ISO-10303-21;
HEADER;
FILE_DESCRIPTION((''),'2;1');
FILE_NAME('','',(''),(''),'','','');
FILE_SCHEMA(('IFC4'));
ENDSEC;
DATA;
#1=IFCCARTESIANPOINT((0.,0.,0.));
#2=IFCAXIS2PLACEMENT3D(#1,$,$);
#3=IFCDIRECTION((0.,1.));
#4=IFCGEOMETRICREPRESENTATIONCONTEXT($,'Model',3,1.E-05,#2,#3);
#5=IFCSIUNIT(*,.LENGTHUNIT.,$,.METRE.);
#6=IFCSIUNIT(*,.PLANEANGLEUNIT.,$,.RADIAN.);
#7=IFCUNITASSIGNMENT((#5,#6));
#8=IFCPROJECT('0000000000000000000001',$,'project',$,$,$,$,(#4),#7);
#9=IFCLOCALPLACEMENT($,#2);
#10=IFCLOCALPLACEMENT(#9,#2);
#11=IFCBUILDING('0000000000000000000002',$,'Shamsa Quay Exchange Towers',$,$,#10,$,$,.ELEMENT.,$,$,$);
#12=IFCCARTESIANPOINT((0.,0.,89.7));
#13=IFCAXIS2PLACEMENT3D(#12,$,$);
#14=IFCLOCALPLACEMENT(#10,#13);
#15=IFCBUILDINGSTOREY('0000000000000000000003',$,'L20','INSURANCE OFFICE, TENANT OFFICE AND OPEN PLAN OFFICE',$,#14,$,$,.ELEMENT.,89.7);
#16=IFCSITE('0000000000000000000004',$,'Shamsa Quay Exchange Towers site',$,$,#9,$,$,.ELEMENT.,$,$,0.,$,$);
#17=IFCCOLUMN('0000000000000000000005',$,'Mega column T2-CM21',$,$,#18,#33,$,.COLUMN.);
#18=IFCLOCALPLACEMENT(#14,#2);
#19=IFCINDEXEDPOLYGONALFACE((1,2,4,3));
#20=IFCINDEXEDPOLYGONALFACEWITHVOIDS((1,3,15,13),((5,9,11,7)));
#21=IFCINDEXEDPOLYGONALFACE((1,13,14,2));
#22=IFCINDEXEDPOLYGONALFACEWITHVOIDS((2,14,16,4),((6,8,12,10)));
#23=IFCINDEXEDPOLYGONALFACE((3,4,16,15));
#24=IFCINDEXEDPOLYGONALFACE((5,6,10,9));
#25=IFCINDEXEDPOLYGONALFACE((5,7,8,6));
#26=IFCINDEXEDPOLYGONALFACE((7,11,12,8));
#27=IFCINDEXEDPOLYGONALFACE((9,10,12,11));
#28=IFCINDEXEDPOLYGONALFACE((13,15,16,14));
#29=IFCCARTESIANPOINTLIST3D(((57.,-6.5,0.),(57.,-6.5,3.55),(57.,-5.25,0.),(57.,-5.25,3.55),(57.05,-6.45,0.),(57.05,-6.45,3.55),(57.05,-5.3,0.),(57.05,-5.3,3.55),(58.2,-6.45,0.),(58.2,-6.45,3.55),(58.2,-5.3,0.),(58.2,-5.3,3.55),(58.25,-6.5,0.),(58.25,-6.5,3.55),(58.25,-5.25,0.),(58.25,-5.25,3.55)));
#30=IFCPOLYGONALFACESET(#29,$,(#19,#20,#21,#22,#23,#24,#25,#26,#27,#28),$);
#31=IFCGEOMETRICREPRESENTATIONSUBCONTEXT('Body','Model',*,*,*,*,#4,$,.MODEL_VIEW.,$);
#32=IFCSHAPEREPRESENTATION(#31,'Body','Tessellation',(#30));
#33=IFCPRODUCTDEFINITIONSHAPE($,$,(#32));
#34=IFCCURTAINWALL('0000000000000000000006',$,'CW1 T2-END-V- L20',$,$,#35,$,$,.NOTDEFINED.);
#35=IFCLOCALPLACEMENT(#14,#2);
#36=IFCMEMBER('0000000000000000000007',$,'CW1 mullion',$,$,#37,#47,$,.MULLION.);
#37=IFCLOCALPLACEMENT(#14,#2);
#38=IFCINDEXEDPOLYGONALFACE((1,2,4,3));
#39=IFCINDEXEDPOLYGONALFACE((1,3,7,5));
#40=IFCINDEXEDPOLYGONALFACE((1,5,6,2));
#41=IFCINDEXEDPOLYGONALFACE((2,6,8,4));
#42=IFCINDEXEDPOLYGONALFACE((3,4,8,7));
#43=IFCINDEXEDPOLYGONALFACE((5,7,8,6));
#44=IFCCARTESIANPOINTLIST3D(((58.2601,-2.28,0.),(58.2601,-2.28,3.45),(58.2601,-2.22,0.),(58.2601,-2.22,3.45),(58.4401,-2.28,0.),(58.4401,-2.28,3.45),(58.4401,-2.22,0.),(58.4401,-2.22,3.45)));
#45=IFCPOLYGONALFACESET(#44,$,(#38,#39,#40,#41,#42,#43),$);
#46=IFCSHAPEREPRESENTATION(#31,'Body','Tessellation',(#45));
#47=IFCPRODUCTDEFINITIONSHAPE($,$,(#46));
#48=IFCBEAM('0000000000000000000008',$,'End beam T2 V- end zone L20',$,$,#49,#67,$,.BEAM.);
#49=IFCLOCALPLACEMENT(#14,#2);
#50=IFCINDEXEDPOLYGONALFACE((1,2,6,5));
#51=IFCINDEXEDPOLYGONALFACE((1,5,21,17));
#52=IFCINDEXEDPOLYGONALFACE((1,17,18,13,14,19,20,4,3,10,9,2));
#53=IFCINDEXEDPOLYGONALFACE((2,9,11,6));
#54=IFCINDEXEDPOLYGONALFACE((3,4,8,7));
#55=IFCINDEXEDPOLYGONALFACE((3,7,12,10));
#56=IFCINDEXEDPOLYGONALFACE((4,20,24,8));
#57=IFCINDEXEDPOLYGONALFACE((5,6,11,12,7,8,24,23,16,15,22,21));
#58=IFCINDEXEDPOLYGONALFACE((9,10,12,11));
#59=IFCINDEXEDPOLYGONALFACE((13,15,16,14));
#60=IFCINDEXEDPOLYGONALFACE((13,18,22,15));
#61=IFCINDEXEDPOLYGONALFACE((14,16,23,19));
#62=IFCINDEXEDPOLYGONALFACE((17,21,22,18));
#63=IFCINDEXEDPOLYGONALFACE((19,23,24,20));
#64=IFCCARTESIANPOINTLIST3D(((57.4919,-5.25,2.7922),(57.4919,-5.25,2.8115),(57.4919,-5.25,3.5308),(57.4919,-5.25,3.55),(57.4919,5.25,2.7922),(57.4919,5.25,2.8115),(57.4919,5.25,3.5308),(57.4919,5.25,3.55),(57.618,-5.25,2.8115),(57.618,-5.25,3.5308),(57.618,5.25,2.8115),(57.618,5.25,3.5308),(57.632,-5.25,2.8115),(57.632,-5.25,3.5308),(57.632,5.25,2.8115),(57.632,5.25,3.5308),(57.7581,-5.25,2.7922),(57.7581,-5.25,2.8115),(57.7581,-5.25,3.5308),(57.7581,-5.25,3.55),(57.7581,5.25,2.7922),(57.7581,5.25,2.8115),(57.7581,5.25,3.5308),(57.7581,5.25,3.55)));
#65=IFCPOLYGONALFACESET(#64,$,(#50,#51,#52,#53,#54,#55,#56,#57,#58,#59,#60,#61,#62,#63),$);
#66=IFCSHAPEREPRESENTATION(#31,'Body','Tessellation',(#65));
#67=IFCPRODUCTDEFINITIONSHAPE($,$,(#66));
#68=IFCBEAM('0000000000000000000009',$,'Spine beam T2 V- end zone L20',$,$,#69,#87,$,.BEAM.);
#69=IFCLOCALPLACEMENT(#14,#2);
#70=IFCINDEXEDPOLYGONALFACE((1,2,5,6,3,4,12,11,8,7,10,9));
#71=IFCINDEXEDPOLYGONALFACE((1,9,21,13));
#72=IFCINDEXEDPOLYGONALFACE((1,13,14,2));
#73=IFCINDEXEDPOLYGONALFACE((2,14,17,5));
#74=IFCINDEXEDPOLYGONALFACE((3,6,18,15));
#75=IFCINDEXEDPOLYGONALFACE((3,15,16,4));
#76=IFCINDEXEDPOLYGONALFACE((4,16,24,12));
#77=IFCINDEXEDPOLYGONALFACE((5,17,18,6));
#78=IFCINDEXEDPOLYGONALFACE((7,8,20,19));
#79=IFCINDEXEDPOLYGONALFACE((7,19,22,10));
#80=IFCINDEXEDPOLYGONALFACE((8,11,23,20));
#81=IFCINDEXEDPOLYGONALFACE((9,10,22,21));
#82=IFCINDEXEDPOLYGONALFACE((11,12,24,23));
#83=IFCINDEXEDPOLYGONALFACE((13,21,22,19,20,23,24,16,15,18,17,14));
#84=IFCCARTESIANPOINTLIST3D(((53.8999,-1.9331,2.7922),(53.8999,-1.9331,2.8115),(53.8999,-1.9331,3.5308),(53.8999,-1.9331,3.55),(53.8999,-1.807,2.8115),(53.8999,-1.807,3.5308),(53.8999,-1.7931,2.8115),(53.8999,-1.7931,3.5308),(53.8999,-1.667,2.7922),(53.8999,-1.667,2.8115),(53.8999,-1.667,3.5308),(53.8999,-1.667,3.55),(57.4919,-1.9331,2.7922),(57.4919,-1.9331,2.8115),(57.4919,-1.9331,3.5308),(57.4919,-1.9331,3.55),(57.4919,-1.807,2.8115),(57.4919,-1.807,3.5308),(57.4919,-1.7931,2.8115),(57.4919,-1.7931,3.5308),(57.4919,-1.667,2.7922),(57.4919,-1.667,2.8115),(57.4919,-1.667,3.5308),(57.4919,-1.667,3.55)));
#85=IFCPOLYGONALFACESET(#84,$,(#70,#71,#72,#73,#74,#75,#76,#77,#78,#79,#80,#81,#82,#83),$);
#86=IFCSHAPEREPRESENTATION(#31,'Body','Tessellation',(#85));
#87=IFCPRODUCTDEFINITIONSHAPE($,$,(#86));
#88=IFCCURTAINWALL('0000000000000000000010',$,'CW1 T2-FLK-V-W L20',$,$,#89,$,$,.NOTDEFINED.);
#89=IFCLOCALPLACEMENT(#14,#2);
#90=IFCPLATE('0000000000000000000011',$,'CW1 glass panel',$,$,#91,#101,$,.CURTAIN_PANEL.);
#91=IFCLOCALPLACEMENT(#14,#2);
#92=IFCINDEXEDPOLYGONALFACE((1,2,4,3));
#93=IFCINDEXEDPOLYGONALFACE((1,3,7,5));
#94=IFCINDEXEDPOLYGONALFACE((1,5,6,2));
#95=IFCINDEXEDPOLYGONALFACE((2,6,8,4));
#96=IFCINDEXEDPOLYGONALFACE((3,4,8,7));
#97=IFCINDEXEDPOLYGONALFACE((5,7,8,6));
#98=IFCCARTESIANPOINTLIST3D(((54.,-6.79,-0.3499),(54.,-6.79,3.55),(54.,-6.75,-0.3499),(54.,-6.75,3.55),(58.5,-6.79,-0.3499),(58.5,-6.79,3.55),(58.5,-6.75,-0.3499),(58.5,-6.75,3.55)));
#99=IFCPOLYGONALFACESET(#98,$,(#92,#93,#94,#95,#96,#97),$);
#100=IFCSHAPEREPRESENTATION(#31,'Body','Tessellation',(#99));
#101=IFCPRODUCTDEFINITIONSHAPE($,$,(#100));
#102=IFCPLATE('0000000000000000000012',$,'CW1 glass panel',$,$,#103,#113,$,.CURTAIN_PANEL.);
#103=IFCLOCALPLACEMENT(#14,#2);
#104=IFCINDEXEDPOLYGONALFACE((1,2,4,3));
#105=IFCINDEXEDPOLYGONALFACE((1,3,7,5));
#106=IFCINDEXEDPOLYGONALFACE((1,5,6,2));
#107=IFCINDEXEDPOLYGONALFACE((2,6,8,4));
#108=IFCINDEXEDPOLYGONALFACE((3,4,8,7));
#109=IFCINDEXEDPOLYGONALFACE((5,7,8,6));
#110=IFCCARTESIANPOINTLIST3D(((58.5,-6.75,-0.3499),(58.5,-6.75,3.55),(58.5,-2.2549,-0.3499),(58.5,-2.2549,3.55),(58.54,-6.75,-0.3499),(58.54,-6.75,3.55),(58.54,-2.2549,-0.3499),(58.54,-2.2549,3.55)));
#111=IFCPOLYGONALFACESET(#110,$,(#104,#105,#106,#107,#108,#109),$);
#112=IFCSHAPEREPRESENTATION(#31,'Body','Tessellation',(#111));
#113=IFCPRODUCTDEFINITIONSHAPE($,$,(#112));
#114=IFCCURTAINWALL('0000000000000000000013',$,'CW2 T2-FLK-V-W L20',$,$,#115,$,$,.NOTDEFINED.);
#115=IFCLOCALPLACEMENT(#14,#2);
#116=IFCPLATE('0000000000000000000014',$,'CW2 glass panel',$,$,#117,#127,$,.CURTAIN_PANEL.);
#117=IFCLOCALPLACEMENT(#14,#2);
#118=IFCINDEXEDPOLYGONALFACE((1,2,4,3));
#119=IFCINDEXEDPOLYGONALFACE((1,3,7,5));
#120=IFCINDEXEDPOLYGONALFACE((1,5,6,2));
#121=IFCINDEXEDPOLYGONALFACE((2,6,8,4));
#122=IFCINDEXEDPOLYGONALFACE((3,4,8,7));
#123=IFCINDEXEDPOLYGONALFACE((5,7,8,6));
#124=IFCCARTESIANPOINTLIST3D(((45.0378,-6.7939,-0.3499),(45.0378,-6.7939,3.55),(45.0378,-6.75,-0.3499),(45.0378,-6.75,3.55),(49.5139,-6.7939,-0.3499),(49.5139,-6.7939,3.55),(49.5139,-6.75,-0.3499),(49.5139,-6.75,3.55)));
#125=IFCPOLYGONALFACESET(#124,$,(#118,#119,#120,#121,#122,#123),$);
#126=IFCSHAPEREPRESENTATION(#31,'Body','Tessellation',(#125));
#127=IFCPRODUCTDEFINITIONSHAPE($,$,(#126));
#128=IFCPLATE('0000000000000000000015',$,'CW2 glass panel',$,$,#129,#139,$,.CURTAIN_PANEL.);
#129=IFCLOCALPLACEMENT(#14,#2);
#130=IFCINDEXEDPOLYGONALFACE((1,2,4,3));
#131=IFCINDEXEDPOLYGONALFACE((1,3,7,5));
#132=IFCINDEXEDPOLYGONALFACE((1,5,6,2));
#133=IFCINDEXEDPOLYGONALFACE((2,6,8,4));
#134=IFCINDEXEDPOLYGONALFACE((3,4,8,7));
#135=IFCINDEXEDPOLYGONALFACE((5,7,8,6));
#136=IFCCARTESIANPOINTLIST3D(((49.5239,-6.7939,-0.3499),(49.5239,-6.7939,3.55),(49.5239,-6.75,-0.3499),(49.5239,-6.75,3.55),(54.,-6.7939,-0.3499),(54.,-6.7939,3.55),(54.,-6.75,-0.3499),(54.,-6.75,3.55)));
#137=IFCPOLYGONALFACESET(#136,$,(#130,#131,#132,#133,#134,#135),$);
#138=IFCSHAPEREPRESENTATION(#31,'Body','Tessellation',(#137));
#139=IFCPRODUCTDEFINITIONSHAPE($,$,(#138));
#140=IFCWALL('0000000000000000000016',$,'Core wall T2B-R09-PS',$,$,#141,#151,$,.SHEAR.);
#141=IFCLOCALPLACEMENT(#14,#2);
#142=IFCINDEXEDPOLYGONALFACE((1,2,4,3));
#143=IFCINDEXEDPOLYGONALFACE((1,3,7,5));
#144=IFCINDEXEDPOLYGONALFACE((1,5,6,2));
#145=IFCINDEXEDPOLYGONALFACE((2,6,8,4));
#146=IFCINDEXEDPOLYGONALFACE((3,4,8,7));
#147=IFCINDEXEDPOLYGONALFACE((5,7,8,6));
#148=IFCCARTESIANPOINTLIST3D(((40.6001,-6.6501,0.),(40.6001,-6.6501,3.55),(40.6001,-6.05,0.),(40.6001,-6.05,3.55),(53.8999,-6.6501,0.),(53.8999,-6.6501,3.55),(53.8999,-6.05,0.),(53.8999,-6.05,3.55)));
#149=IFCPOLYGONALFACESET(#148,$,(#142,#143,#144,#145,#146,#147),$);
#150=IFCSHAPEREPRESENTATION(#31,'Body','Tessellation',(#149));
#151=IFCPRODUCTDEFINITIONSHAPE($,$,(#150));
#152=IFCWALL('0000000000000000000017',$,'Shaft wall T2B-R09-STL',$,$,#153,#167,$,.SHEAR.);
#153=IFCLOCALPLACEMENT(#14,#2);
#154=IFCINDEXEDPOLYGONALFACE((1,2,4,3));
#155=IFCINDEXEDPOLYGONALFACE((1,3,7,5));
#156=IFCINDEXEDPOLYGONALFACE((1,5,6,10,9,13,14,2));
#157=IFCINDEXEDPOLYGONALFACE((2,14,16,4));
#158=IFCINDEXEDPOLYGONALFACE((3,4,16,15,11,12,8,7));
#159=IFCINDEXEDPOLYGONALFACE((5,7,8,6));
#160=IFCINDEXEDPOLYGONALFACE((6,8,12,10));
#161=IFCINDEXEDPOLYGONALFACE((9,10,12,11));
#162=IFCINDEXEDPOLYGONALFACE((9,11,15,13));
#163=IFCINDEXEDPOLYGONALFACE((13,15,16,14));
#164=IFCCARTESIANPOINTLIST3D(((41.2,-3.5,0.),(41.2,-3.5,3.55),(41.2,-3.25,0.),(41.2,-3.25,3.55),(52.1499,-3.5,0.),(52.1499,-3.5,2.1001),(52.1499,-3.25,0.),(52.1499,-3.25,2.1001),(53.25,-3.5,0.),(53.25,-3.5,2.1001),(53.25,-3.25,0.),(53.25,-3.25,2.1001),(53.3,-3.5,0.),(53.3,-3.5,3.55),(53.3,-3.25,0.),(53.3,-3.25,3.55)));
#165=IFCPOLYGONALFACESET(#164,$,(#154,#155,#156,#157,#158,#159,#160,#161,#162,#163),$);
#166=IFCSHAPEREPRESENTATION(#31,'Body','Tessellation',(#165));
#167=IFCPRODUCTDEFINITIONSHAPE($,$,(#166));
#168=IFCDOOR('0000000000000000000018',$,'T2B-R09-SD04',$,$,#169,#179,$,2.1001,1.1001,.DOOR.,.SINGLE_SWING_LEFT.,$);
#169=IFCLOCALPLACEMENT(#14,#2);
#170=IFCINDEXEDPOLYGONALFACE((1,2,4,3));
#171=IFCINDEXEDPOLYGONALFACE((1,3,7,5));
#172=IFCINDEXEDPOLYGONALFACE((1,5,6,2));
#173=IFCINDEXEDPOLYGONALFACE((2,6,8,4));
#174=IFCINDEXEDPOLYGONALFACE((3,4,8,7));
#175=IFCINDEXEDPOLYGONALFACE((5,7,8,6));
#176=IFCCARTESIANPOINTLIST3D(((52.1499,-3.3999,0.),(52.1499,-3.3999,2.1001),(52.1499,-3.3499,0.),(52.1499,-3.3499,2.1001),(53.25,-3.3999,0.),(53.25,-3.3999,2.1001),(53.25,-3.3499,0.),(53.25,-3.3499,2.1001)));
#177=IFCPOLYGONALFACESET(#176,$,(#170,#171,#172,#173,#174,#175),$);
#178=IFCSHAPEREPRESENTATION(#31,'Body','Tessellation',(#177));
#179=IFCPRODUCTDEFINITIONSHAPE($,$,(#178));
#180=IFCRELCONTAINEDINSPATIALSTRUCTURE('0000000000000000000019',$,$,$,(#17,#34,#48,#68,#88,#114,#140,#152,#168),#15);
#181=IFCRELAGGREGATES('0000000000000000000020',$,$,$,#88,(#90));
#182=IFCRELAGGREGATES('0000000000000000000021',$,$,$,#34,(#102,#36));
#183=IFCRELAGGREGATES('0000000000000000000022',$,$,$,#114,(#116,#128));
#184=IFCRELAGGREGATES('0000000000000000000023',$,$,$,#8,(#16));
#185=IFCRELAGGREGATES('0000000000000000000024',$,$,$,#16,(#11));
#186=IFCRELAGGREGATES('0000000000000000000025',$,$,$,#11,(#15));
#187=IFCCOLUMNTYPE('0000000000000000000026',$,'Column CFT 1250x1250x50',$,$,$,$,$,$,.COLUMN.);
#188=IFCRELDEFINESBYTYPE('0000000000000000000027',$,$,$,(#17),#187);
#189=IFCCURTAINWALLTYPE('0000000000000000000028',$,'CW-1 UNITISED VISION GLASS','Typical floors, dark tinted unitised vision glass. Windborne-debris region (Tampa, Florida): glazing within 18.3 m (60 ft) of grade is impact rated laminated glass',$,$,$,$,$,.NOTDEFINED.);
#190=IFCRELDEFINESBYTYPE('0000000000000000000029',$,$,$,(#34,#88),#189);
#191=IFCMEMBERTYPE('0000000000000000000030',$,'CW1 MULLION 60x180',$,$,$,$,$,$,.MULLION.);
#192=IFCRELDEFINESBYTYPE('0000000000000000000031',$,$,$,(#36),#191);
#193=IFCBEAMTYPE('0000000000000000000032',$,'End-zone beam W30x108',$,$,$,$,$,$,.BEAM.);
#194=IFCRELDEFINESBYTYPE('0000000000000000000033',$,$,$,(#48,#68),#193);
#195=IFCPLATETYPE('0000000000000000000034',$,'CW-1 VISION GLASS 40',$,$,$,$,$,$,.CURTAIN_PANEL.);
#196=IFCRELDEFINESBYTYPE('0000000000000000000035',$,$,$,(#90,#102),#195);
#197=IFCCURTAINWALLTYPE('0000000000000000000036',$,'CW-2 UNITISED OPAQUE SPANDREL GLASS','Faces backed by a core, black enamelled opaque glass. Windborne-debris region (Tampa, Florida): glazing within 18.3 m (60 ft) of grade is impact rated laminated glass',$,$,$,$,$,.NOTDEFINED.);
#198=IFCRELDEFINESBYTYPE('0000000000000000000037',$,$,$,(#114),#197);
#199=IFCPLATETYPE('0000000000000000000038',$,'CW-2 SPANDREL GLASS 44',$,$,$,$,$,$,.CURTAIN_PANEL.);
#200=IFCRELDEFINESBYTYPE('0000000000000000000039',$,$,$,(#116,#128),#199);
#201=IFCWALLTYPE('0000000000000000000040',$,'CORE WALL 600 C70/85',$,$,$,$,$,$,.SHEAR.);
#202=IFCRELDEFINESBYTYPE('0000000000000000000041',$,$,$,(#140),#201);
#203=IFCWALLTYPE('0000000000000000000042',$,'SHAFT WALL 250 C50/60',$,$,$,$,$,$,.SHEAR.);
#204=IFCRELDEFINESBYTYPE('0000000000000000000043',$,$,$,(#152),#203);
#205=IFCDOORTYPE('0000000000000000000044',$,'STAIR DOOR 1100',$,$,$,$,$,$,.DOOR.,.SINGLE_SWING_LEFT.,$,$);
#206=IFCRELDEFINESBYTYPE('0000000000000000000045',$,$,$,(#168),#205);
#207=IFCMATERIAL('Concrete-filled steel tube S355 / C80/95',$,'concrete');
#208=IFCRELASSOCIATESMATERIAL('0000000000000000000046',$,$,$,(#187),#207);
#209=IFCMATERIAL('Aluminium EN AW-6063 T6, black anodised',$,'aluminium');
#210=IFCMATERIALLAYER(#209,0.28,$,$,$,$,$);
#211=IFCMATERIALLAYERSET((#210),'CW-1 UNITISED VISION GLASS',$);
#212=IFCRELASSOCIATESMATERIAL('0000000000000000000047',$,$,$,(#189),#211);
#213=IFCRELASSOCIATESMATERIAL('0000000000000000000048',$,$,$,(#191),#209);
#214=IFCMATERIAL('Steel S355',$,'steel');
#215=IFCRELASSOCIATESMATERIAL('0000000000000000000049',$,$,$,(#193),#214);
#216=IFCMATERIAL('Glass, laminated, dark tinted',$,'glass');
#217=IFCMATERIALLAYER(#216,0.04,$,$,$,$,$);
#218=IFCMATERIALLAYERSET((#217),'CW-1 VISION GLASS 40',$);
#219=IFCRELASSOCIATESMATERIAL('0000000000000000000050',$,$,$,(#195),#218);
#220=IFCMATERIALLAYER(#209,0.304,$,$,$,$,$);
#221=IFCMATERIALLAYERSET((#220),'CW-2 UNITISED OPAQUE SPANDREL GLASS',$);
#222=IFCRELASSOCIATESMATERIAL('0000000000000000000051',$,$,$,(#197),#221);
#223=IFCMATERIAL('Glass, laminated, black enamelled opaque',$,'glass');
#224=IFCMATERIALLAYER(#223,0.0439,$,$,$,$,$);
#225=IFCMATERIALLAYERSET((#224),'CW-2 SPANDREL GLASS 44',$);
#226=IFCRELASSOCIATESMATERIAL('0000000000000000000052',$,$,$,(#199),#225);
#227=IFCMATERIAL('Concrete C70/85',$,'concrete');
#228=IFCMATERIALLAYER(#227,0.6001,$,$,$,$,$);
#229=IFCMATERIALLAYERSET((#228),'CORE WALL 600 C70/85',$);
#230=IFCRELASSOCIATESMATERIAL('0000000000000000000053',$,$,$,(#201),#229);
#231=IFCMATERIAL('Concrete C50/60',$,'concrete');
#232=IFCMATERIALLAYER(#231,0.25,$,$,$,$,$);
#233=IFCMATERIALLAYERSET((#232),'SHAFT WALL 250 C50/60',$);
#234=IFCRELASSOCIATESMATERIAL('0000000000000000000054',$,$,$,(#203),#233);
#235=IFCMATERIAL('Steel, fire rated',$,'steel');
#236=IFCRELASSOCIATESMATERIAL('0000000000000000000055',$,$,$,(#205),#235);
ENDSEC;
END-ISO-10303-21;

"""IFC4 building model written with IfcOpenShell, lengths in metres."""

from ifc_helpers import new_model, si_unit, direction, frame, frame_2d, origin, origin_2d, place, context, subcontext, project, spatial, rectangle, hollow_rectangle, i_section, extrude, material, layer, layer_set, material_profile, profile_set, type_object, element, fill, aggregate, save


model = new_model("IFC4")

# Units and contexts
model_context = context("Model", 3, precision=1e-05, world=origin(), true_north=direction((0.0, 1.0)))
body_context = subcontext(model_context, "Body", "Model", "MODEL_VIEW")
ifc_project = project(units=[si_unit("LENGTHUNIT", "METRE"), si_unit("PLANEANGLEUNIT", "RADIAN")], contexts=[model_context])

# Site, building, storey
site_placement = place(None, origin())
site = spatial("IfcSite", under=ifc_project, at=site_placement, Name="Shamsa Quay Exchange Towers site", CompositionType="ELEMENT", RefElevation=0.0)
building_placement = place(site_placement, origin())
building = spatial("IfcBuilding", under=site, at=building_placement, Name="Shamsa Quay Exchange Towers", CompositionType="ELEMENT")
storey_placement = place(building_placement, frame((0.0, 0.0, 89.7)))
storey = spatial("IfcBuildingStorey", under=building, at=storey_placement, Name="L20", Description="INSURANCE OFFICE, TENANT OFFICE AND OPEN PLAN OFFICE", CompositionType="ELEMENT", Elevation=89.7)

# Column
ifc_material_1 = material(Name="Concrete-filled steel tube S355 / C80/95", Category="concrete")
ifc_material_profile_1 = material_profile(ifc_material_1, hollow_rectangle(XDim=1.25, YDim=1.25, WallThickness=0.05, at=origin_2d()), Name="CFT 1250x1250x50")
ifc_profile_set_1 = profile_set([ifc_material_profile_1], Name="Concrete-filled steel tube S355 / C80/95")
column_type = type_object("IfcColumnType", Name="Column CFT 1250x1250x50", PredefinedType="COLUMN", material=ifc_profile_set_1)
column_placement = place(storey_placement, frame((57.625, -5.875, 0.0)))
element("IfcColumn", 1, at=column_placement, inside=storey, type_object=column_type, Name="Mega column T2-CM21", PredefinedType="COLUMN", context=body_context, shape_type="SweptSolid", body=[
    extrude(hollow_rectangle(XDim=1.25, YDim=1.25, WallThickness=0.05, at=origin_2d()), origin(), (0.0, 0.0, 1.0), 3.55),
])

# Curtain wall, member
ifc_material_2 = material(Name="Aluminium EN AW-6063 T6, black anodised", Category="aluminium")
ifc_layer_1 = layer(ifc_material_2, 0.28)
ifc_layer_set_1 = layer_set([ifc_layer_1], Name="CW-1 UNITISED VISION GLASS")
curtain_wall_type_1 = type_object("IfcCurtainWallType", Name="CW-1 UNITISED VISION GLASS", Description="Typical floors, dark tinted unitised vision glass. Windborne-debris region (Tampa, Florida): glazing within 18.3 m (60 ft) of grade is impact rated laminated glass", PredefinedType="NOTDEFINED", material=ifc_layer_set_1)
curtain_wall_1_placement = place(storey_placement, origin())
curtain_wall_1 = element("IfcCurtainWall", 2, at=curtain_wall_1_placement, inside=storey, type_object=curtain_wall_type_1, Name="CW1 T2-END-V- L20", PredefinedType="NOTDEFINED")
ifc_material_profile_2 = material_profile(ifc_material_2, rectangle(XDim=0.1799, YDim=0.0601, at=origin_2d()), Name="MU60x180")
ifc_profile_set_2 = profile_set([ifc_material_profile_2], Name="Aluminium EN AW-6063 T6, black anodised")
member_type = type_object("IfcMemberType", Name="CW1 MULLION 60x180", PredefinedType="MULLION", material=ifc_profile_set_2)
member_placement = place(storey_placement, frame((58.3501, -2.25, 0.0), z_axis=(0.0, 0.0, 1.0), x_axis=(-1.0, 0.0, 0.0)))
member = element("IfcMember", 3, at=member_placement, type_object=member_type, Name="CW1 mullion", PredefinedType="MULLION", context=body_context, shape_type="SweptSolid", body=[
    extrude(rectangle(XDim=0.1799, YDim=0.0601, at=origin_2d()), origin(), (0.0, 0.0, 1.0), 3.45),
])

# Beams
ifc_material_3 = material(Name="Steel S355", Category="steel")
ifc_material_profile_3 = material_profile(ifc_material_3, i_section(OverallWidth=0.2661, OverallDepth=0.7578, WebThickness=0.0139, FlangeThickness=0.0193, at=origin_2d()), Name="W30x108")
ifc_profile_set_3 = profile_set([ifc_material_profile_3], Name="Steel S355")
beam_type = type_object("IfcBeamType", Name="End-zone beam W30x108", PredefinedType="BEAM", material=ifc_profile_set_3)
beam_1_placement = place(storey_placement, frame((57.625, -5.25, 3.1711), z_axis=(0.0, 1.0, 0.0), x_axis=(-1.0, 0.0, 0.0)))
element("IfcBeam", 4, at=beam_1_placement, inside=storey, type_object=beam_type, Name="End beam T2 V- end zone L20", PredefinedType="BEAM", context=body_context, shape_type="SweptSolid", body=[
    extrude(i_section(OverallWidth=0.2661, OverallDepth=0.7578, WebThickness=0.0139, FlangeThickness=0.0193, at=origin_2d()), origin(), (0.0, 0.0, 1.0), 10.5),
])
beam_2_placement = place(storey_placement, frame((53.8999, -1.8, 3.1711), z_axis=(1.0, 0.0, 0.0), x_axis=(0.0, 1.0, 0.0)))
element("IfcBeam", 5, at=beam_2_placement, inside=storey, type_object=beam_type, Name="Spine beam T2 V- end zone L20", PredefinedType="BEAM", context=body_context, shape_type="SweptSolid", body=[
    extrude(i_section(OverallWidth=0.2661, OverallDepth=0.7578, WebThickness=0.0139, FlangeThickness=0.0193, at=origin_2d()), origin(), (0.0, 0.0, 1.0), 3.592),
])

# Curtain wall, plate
curtain_wall_2_placement = place(storey_placement, origin())
curtain_wall_2 = element("IfcCurtainWall", 6, at=curtain_wall_2_placement, inside=storey, type_object=curtain_wall_type_1, Name="CW1 T2-FLK-V-W L20", PredefinedType="NOTDEFINED")
ifc_material_4 = material(Name="Glass, laminated, dark tinted", Category="glass")
ifc_layer_2 = layer(ifc_material_4, 0.04)
ifc_layer_set_2 = layer_set([ifc_layer_2], Name="CW-1 VISION GLASS 40")
plate_type_1 = type_object("IfcPlateType", Name="CW-1 VISION GLASS 40", PredefinedType="CURTAIN_PANEL", material=ifc_layer_set_2)
plate_1_placement = place(storey_placement, frame((56.25, -6.77, -0.3499)))
plate_1 = element("IfcPlate", 7, at=plate_1_placement, type_object=plate_type_1, Name="CW1 glass panel", PredefinedType="CURTAIN_PANEL", context=body_context, shape_type="SweptSolid", body=[
    extrude(rectangle(XDim=4.5, YDim=0.04, at=origin_2d()), origin(), (0.0, 0.0, 1.0), 3.8999),
])
aggregate(curtain_wall_2, [plate_1])

# Plate
plate_2_placement = place(storey_placement, frame((58.52, -4.5024, -0.3499), z_axis=(0.0, 0.0, 1.0), x_axis=(0.0, 1.0, 0.0)))
plate_2 = element("IfcPlate", 8, at=plate_2_placement, type_object=plate_type_1, Name="CW1 glass panel", PredefinedType="CURTAIN_PANEL", context=body_context, shape_type="SweptSolid", body=[
    extrude(rectangle(XDim=4.4951, YDim=0.04, at=origin_2d()), origin(), (0.0, 0.0, 1.0), 3.8999),
])
aggregate(curtain_wall_1, [plate_2, member])

# Curtain wall, plates
ifc_layer_3 = layer(ifc_material_2, 0.304)
ifc_layer_set_3 = layer_set([ifc_layer_3], Name="CW-2 UNITISED OPAQUE SPANDREL GLASS")
curtain_wall_type_2 = type_object("IfcCurtainWallType", Name="CW-2 UNITISED OPAQUE SPANDREL GLASS", Description="Faces backed by a core, black enamelled opaque glass. Windborne-debris region (Tampa, Florida): glazing within 18.3 m (60 ft) of grade is impact rated laminated glass", PredefinedType="NOTDEFINED", material=ifc_layer_set_3)
curtain_wall_3_placement = place(storey_placement, origin())
curtain_wall_3 = element("IfcCurtainWall", 9, at=curtain_wall_3_placement, inside=storey, type_object=curtain_wall_type_2, Name="CW2 T2-FLK-V-W L20", PredefinedType="NOTDEFINED")
ifc_material_5 = material(Name="Glass, laminated, black enamelled opaque", Category="glass")
ifc_layer_4 = layer(ifc_material_5, 0.0439)
ifc_layer_set_4 = layer_set([ifc_layer_4], Name="CW-2 SPANDREL GLASS 44")
plate_type_2 = type_object("IfcPlateType", Name="CW-2 SPANDREL GLASS 44", PredefinedType="CURTAIN_PANEL", material=ifc_layer_set_4)
plate_3_placement = place(storey_placement, frame((47.2759, -6.772, -0.3499)))
plate_3 = element("IfcPlate", 10, at=plate_3_placement, type_object=plate_type_2, Name="CW2 glass panel", PredefinedType="CURTAIN_PANEL", context=body_context, shape_type="SweptSolid", body=[
    extrude(rectangle(XDim=4.4761, YDim=0.0439, at=origin_2d()), origin(), (0.0, 0.0, 1.0), 3.8999),
])
plate_4_placement = place(storey_placement, frame((51.762, -6.772, -0.3499)))
plate_4 = element("IfcPlate", 11, at=plate_4_placement, type_object=plate_type_2, Name="CW2 glass panel", PredefinedType="CURTAIN_PANEL", context=body_context, shape_type="SweptSolid", body=[
    extrude(rectangle(XDim=4.4761, YDim=0.0439, at=origin_2d()), origin(), (0.0, 0.0, 1.0), 3.8999),
])
aggregate(curtain_wall_3, [plate_3, plate_4])

# Wall
ifc_material_6 = material(Name="Concrete C70/85", Category="concrete")
ifc_layer_5 = layer(ifc_material_6, 0.6001)
ifc_layer_set_5 = layer_set([ifc_layer_5], Name="CORE WALL 600 C70/85")
wall_type_1 = type_object("IfcWallType", Name="CORE WALL 600 C70/85", PredefinedType="SHEAR", material=ifc_layer_set_5)
wall_1_placement = place(storey_placement, frame((53.8999, -6.3501, 0.0), z_axis=(0.0, 0.0, 1.0), x_axis=(-1.0, 0.0, 0.0)))
element("IfcWall", 12, at=wall_1_placement, inside=storey, type_object=wall_type_1, Name="Core wall T2B-R09-PS", PredefinedType="SHEAR", context=body_context, shape_type="SweptSolid", body=[
    extrude(rectangle(XDim=13.2998, YDim=0.6001, at=frame_2d((6.6499, 0.0))), origin(), (0.0, 0.0, 1.0), 3.55),
])

# Wall, opening, door
ifc_material_7 = material(Name="Steel, fire rated", Category="steel")
ifc_material_8 = material(Name="Concrete C50/60", Category="concrete")
ifc_layer_6 = layer(ifc_material_8, 0.25)
ifc_layer_set_6 = layer_set([ifc_layer_6], Name="SHAFT WALL 250 C50/60")
wall_type_2 = type_object("IfcWallType", Name="SHAFT WALL 250 C50/60", PredefinedType="SHEAR", material=ifc_layer_set_6)
wall_2_placement = place(storey_placement, frame((53.3, -3.375, 0.0), z_axis=(0.0, 0.0, 1.0), x_axis=(-1.0, 0.0, 0.0)))
wall_2 = element("IfcWall", 13, at=wall_2_placement, inside=storey, type_object=wall_type_2, Name="Shaft wall T2B-R09-STL", PredefinedType="SHEAR", context=body_context, shape_type="SweptSolid", body=[
    extrude(rectangle(XDim=12.1001, YDim=0.25, at=frame_2d((6.05, 0.0))), origin(), (0.0, 0.0, 1.0), 3.55),
])
opening_1_placement = place(wall_2_placement, frame((0.05, 0.0, 0.0)))
opening_1 = element("IfcOpeningElement", 14, at=opening_1_placement, cuts=wall_2, PredefinedType="OPENING", context=body_context, shape_type="SweptSolid", body=[
    extrude(rectangle(XDim=1.1001, YDim=2.1001, at=frame_2d((0.55, 1.05))), frame((0.0, 0.135, 0.0), z_axis=(0.0, -1.0, 0.0), x_axis=(1.0, 0.0, 0.0)), (0.0, 0.0, 1.0), 0.27),
])
door_type_1 = type_object("IfcDoorType", Name="STAIR DOOR 1100", OperationType="SINGLE_SWING_LEFT", PredefinedType="DOOR", material=ifc_material_7)
door_1_placement = place(opening_1_placement, origin())
door_1 = element("IfcDoor", 15, at=door_1_placement, inside=storey, type_object=door_type_1, Name="T2B-R09-SD04", OperationType="SINGLE_SWING_LEFT", OverallHeight=2.1001, OverallWidth=1.1001, PredefinedType="DOOR", context=body_context, shape_type="SweptSolid", body=[
    extrude(rectangle(XDim=1.1001, YDim=2.1001, at=frame_2d((0.55, 1.05))), frame((0.0, 0.0249, 0.0), z_axis=(0.0, -1.0, 0.0), x_axis=(1.0, 0.0, 0.0)), (0.0, 0.0, 1.0), 0.05),
])
fill(opening_1, door_1)

save(model, "model.ifc")
